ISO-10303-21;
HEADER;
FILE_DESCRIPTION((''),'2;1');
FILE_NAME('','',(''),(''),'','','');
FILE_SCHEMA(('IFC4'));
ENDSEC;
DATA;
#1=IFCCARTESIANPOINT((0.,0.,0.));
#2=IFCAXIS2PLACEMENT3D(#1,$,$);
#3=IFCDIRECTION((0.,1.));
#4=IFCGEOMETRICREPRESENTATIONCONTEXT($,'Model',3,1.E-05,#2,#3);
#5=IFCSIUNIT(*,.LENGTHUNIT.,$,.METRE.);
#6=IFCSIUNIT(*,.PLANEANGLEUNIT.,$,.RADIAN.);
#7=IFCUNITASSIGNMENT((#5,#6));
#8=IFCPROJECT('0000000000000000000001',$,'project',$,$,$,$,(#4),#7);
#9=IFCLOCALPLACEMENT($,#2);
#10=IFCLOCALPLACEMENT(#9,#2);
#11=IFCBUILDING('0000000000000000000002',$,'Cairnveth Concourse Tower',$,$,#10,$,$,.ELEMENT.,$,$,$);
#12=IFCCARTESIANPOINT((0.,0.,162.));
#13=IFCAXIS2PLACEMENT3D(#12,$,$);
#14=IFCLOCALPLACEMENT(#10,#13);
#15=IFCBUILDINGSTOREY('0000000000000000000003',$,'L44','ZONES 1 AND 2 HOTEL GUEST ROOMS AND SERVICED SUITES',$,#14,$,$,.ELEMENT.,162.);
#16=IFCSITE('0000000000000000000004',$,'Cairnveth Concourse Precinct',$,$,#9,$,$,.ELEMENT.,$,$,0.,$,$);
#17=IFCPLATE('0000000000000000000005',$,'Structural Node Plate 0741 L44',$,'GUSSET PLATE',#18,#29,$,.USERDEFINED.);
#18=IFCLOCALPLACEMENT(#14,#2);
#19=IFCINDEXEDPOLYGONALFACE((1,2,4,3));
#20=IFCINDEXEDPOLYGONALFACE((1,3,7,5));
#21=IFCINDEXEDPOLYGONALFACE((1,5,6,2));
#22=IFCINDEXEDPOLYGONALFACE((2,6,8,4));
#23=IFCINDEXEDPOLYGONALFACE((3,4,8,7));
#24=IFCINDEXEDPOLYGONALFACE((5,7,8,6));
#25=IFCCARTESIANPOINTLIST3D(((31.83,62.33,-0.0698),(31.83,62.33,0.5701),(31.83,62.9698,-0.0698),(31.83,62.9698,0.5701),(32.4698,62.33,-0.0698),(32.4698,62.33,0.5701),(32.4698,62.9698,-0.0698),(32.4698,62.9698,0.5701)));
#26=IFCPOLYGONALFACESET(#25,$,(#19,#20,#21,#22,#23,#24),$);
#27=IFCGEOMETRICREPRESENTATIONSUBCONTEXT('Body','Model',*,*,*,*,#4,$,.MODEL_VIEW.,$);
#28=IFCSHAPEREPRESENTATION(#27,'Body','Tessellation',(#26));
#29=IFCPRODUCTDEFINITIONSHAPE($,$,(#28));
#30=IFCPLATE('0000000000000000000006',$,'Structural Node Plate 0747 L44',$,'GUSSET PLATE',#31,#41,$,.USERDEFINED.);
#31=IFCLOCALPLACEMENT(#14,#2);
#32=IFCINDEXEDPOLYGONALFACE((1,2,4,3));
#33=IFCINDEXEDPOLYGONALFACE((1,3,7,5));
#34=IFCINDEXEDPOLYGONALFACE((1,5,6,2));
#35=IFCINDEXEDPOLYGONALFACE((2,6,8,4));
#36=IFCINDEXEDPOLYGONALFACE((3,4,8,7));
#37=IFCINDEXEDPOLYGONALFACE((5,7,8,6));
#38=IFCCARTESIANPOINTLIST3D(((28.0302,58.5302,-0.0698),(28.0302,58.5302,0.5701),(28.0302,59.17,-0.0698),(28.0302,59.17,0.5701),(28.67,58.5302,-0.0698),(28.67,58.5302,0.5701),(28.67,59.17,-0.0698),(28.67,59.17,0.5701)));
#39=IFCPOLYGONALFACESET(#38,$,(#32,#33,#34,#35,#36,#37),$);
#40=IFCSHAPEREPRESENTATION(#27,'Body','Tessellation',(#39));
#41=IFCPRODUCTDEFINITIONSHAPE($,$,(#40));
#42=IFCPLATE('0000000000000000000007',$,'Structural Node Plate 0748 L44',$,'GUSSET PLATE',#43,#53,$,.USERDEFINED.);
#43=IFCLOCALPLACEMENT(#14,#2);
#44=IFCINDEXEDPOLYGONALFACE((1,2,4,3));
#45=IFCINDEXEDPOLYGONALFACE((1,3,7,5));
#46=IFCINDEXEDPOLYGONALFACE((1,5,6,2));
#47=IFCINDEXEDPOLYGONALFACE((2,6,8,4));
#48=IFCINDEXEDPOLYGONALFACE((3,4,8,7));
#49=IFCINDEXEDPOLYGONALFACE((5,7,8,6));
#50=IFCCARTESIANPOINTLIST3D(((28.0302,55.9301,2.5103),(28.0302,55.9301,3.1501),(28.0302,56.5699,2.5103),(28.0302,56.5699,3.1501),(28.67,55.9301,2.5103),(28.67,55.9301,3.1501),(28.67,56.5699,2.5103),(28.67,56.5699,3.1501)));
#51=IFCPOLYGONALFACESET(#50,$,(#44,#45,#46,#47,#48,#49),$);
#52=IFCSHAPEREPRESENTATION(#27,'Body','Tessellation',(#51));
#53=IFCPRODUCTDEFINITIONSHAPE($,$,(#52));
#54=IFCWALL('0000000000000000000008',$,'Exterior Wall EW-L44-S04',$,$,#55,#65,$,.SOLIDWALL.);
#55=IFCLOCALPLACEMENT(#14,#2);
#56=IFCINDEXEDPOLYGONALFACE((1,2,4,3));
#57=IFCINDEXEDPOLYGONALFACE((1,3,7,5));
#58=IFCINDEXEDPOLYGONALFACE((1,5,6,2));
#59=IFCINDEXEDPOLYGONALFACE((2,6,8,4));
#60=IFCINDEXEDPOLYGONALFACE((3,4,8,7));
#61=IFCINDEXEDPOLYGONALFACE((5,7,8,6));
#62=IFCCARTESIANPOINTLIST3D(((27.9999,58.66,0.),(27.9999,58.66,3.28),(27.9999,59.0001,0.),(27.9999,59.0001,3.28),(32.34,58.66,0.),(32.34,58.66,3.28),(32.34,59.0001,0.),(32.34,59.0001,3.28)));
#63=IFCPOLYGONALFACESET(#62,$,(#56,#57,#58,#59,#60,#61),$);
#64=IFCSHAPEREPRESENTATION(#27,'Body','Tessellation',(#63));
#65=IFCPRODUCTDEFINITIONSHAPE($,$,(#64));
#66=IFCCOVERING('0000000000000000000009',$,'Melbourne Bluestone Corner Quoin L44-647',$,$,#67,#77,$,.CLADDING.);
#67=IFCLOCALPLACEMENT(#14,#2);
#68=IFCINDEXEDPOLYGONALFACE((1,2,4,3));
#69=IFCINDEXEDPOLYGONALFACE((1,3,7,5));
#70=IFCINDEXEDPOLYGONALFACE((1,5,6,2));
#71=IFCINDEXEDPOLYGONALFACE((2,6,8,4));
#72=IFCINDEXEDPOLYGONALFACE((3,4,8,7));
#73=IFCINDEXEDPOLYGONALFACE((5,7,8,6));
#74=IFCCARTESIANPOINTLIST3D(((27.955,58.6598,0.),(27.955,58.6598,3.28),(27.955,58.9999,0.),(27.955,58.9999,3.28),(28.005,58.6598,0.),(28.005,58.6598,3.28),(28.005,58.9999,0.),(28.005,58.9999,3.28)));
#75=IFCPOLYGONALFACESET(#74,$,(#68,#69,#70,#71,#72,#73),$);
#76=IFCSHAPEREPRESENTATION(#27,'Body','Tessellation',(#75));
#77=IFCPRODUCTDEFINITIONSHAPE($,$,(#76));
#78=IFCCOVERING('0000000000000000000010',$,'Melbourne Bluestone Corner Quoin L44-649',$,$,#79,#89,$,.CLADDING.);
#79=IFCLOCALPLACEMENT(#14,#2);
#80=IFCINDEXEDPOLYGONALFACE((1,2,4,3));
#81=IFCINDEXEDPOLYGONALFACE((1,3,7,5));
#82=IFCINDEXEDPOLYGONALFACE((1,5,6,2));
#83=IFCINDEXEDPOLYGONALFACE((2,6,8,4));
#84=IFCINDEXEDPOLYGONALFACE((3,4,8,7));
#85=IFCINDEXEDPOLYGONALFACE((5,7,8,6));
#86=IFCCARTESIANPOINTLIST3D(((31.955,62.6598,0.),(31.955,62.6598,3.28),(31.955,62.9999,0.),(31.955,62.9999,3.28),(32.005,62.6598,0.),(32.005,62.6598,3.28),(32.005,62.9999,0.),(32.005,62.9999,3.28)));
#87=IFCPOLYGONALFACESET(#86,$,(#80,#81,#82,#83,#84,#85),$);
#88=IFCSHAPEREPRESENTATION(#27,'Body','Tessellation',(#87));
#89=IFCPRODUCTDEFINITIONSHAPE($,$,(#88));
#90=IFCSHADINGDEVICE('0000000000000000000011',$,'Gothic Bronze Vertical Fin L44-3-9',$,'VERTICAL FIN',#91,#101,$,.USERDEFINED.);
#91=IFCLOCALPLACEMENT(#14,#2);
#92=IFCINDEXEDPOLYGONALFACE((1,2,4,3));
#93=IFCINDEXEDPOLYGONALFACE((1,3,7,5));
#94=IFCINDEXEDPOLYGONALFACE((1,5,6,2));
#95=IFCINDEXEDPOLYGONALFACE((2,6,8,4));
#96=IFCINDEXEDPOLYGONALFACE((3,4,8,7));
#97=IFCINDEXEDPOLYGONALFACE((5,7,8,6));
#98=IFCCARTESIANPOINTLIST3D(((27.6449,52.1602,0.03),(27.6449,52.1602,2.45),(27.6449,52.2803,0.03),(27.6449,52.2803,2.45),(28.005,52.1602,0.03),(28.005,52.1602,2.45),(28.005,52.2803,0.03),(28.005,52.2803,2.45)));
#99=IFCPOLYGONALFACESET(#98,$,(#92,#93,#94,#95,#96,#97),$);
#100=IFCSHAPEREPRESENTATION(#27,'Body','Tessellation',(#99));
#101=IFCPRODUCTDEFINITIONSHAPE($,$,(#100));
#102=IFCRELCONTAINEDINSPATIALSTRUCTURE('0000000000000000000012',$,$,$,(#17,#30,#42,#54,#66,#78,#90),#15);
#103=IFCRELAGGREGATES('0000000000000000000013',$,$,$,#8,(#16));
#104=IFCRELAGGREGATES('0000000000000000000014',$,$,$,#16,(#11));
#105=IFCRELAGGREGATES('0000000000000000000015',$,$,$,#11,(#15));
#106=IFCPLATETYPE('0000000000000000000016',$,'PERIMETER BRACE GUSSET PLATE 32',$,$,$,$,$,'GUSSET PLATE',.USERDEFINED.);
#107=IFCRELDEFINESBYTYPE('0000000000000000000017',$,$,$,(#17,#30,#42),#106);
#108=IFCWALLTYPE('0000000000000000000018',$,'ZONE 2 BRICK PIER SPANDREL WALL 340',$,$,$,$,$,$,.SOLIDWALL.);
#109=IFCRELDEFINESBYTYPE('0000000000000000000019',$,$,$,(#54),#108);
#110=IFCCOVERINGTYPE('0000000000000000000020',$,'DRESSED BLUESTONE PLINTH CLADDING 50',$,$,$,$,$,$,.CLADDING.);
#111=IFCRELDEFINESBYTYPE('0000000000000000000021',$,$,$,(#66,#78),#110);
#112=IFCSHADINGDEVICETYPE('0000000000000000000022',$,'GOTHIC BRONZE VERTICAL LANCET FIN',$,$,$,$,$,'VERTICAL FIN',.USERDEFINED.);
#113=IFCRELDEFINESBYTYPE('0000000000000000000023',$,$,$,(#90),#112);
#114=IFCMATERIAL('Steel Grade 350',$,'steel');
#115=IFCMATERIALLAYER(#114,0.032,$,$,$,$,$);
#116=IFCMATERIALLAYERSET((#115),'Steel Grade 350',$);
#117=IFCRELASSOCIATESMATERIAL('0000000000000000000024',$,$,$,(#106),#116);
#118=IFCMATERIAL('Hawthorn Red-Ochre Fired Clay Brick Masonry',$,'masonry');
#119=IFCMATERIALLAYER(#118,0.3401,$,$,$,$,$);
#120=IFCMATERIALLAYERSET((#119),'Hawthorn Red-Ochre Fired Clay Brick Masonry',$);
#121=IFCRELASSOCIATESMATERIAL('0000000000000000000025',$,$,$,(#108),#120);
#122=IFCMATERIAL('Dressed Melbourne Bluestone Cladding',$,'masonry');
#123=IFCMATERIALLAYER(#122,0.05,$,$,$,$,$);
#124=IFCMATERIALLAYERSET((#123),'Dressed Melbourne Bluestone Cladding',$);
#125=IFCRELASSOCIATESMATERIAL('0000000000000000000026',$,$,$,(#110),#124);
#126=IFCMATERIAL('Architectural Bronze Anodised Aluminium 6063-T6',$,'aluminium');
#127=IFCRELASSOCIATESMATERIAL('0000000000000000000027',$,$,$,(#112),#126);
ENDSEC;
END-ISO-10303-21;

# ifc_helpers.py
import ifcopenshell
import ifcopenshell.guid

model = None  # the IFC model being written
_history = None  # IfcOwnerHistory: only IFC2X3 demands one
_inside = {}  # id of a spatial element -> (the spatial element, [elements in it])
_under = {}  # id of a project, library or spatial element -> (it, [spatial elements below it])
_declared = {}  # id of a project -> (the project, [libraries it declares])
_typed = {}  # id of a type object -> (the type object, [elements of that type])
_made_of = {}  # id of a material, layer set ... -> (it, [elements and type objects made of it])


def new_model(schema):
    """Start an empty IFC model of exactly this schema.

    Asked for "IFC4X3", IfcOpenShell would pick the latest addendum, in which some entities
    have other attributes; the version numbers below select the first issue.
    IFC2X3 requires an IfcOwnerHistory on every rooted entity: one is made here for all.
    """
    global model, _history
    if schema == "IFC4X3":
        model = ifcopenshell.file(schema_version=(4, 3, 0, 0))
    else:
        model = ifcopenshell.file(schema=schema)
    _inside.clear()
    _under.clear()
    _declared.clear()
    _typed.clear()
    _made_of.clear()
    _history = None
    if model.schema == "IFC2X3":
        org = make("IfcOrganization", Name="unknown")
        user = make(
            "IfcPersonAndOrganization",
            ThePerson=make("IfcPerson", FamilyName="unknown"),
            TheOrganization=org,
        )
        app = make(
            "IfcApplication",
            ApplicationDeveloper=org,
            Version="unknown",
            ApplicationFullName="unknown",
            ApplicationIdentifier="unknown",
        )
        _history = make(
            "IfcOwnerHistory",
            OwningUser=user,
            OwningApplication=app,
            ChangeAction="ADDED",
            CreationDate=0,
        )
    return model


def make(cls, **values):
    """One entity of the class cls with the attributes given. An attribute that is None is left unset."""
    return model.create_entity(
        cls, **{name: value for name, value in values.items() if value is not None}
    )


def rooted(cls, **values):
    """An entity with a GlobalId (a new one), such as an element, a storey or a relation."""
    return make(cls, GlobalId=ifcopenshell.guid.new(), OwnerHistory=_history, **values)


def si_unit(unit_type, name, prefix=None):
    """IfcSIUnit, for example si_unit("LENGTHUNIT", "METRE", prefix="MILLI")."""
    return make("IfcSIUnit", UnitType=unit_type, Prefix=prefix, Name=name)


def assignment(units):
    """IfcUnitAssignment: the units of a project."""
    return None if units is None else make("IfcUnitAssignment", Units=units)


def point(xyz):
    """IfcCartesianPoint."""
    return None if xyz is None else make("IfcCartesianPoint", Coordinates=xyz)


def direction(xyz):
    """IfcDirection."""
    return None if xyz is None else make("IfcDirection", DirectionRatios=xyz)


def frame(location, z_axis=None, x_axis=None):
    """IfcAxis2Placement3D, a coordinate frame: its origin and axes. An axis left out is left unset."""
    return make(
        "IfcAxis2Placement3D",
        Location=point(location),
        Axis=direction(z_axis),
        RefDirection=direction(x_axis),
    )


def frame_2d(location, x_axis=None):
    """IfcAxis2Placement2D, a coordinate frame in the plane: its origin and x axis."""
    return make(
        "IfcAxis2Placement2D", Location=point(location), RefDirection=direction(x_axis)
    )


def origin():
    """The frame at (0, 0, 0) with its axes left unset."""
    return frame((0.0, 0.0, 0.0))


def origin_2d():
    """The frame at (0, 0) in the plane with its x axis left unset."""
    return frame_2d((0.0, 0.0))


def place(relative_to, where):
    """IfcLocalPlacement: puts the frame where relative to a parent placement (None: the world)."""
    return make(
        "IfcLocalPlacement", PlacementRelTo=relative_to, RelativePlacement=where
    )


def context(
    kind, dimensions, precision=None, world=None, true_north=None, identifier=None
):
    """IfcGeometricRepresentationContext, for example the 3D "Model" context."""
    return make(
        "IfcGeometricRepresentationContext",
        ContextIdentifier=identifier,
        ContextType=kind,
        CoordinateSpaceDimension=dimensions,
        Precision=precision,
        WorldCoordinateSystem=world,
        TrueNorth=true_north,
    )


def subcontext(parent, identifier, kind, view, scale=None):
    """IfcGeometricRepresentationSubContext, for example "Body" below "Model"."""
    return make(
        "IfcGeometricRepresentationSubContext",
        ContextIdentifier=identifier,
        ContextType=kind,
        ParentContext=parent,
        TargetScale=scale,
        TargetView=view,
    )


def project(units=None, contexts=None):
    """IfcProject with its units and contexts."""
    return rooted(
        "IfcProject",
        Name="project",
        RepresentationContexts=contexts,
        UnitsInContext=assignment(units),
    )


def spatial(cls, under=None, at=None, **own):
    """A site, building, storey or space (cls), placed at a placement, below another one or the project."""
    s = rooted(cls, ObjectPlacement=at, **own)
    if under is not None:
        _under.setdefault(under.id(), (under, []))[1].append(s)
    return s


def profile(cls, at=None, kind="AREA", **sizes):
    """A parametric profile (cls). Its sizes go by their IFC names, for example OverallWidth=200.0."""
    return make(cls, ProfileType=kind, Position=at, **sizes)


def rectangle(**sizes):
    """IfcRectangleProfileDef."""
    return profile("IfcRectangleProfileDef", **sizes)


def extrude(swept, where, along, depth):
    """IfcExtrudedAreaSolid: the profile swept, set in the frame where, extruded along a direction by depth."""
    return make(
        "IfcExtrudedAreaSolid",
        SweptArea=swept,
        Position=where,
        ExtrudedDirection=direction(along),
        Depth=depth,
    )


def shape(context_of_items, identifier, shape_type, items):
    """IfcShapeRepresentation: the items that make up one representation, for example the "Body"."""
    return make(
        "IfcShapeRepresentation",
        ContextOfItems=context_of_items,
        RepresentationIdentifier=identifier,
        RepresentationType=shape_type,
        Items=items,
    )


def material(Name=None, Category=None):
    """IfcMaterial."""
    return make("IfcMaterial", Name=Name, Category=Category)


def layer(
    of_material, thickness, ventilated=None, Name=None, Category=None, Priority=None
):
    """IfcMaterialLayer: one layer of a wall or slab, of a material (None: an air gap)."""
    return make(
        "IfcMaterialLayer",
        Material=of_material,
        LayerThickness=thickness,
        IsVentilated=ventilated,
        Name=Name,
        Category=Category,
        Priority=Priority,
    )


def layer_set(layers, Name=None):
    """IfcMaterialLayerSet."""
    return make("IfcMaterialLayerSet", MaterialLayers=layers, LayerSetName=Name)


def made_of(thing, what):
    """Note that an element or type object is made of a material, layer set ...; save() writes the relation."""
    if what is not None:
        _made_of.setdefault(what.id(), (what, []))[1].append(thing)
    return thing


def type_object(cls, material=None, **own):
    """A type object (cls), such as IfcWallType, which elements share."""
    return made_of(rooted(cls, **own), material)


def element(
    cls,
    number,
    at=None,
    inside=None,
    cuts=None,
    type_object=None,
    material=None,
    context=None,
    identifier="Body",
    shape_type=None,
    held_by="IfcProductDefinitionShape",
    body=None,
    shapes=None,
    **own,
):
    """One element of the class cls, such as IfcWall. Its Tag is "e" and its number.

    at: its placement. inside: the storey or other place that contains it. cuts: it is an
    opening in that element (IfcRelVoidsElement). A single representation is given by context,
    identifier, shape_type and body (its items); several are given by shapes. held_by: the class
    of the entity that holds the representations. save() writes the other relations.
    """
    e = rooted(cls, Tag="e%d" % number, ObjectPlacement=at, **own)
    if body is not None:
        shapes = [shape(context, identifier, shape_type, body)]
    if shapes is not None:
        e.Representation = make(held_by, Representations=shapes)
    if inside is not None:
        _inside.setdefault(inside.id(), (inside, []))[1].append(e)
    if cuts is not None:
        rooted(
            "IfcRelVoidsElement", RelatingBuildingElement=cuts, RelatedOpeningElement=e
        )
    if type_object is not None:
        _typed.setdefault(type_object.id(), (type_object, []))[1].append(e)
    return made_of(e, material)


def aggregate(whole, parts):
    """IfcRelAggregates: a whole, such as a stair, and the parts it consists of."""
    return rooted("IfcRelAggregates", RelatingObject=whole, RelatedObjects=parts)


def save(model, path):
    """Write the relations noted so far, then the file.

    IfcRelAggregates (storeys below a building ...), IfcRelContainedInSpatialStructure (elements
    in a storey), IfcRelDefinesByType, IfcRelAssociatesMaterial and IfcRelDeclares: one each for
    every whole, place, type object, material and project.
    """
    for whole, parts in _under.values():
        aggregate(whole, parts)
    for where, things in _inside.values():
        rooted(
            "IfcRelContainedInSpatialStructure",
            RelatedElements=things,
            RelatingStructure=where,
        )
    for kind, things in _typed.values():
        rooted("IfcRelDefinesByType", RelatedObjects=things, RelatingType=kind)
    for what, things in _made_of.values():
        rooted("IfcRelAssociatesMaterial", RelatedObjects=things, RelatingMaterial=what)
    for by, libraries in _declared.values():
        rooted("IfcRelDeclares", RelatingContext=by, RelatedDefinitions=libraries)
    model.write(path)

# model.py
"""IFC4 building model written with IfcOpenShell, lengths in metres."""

from ifc_helpers import new_model, si_unit, direction, frame, frame_2d, origin, origin_2d, place, context, subcontext, project, spatial, rectangle, extrude, material, layer, layer_set, type_object, element, save


model = new_model("IFC4")

# Units and contexts
model_context = context("Model", 3, precision=1e-05, world=origin(), true_north=direction((0.0, 1.0)))
body_context = subcontext(model_context, "Body", "Model", "MODEL_VIEW")
ifc_project = project(units=[si_unit("LENGTHUNIT", "METRE"), si_unit("PLANEANGLEUNIT", "RADIAN")], contexts=[model_context])

# Site, building, storey
site_placement = place(None, origin())
site = spatial("IfcSite", under=ifc_project, at=site_placement, Name="Cairnveth Concourse Precinct", CompositionType="ELEMENT", RefElevation=0.0)
building_placement = place(site_placement, origin())
building = spatial("IfcBuilding", under=site, at=building_placement, Name="Cairnveth Concourse Tower", CompositionType="ELEMENT")
storey_placement = place(building_placement, frame((0.0, 0.0, 162.0)))
storey = spatial("IfcBuildingStorey", under=building, at=storey_placement, Name="L44", Description="ZONES 1 AND 2 HOTEL GUEST ROOMS AND SERVICED SUITES", CompositionType="ELEMENT", Elevation=162.0)

# Shared definitions
ifc_material_1 = material(Name="Steel Grade 350", Category="steel")

# Plates
ifc_layer_1 = layer(ifc_material_1, 0.032)
ifc_layer_set_1 = layer_set([ifc_layer_1], Name="Steel Grade 350")
plate_type = type_object("IfcPlateType", Name="PERIMETER BRACE GUSSET PLATE 32", ElementType="GUSSET PLATE", PredefinedType="USERDEFINED", material=ifc_layer_set_1)
for number, where, z_axis, x_axis, name in (
    (1, (32.1499, 62.6499, -0.0698), (0.0, 0.0, 1.0), (1.0, 0.0, 0.0), "Structural Node Plate 0741 L44"),
    (2, (28.3501, 58.8501, -0.0698), (0.0, 0.0, 1.0), (1.0, 0.0, 0.0), "Structural Node Plate 0747 L44"),
    (3, (28.3501, 56.25, 2.5103), (0.0, 0.0, 1.0), (1.0, 0.0, 0.0), "Structural Node Plate 0748 L44"),
):
    element("IfcPlate", number, at=place(storey_placement, frame(where, z_axis=z_axis, x_axis=x_axis)), inside=storey, type_object=plate_type, Name=name, ObjectType="GUSSET PLATE", PredefinedType="USERDEFINED", context=body_context, shape_type="SweptSolid", body=[
        extrude(rectangle(XDim=0.6399, YDim=0.6399, at=origin_2d()), origin(), (0.0, 0.0, 1.0), 0.6399),
    ])

# Wall
ifc_material_2 = material(Name="Hawthorn Red-Ochre Fired Clay Brick Masonry", Category="masonry")
ifc_layer_2 = layer(ifc_material_2, 0.3401)
ifc_layer_set_2 = layer_set([ifc_layer_2], Name="Hawthorn Red-Ochre Fired Clay Brick Masonry")
wall_type = type_object("IfcWallType", Name="ZONE 2 BRICK PIER SPANDREL WALL 340", PredefinedType="SOLIDWALL", material=ifc_layer_set_2)
wall_1_placement = place(storey_placement, frame((28.0, 58.8301, 0.0), z_axis=(0.0, 0.0, 1.0), x_axis=(1.0, 0.0, 0.0)))
element("IfcWall", 4, at=wall_1_placement, inside=storey, type_object=wall_type, Name="Exterior Wall EW-L44-S04", PredefinedType="SOLIDWALL", context=body_context, shape_type="SweptSolid", body=[
    extrude(rectangle(XDim=4.3401, YDim=0.3401, at=frame_2d((2.1699, 0.0))), origin(), (0.0, 0.0, 1.0), 3.28),
])

# Coverings
ifc_material_3 = material(Name="Dressed Melbourne Bluestone Cladding", Category="masonry")
ifc_layer_3 = layer(ifc_material_3, 0.05)
ifc_layer_set_3 = layer_set([ifc_layer_3], Name="Dressed Melbourne Bluestone Cladding")
covering_type = type_object("IfcCoveringType", Name="DRESSED BLUESTONE PLINTH CLADDING 50", PredefinedType="CLADDING", material=ifc_layer_set_3)
for number, where, z_axis, x_axis, name in (
    (5, (27.98, 58.6599, 0.0), (0.0, 0.0, 1.0), (0.0, 1.0, 0.0), "Melbourne Bluestone Corner Quoin L44-647"),
    (6, (31.98, 62.6599, 0.0), (0.0, 0.0, 1.0), (0.0, 1.0, 0.0), "Melbourne Bluestone Corner Quoin L44-649"),
):
    element("IfcCovering", number, at=place(storey_placement, frame(where, z_axis=z_axis, x_axis=x_axis)), inside=storey, type_object=covering_type, Name=name, PredefinedType="CLADDING", context=body_context, shape_type="SweptSolid", body=[
        extrude(rectangle(XDim=0.3401, YDim=0.05, at=frame_2d((0.1699, 0.0))), origin(), (0.0, 0.0, 1.0), 3.28),
    ])

# Shading device
ifc_material_4 = material(Name="Architectural Bronze Anodised Aluminium 6063-T6", Category="aluminium")
shading_device_type = type_object("IfcShadingDeviceType", Name="GOTHIC BRONZE VERTICAL LANCET FIN", ElementType="VERTICAL FIN", PredefinedType="USERDEFINED", material=ifc_material_4)
shading_device_placement = place(storey_placement, frame((27.825, 52.2202, 0.03), z_axis=(0.0, 0.0, 1.0), x_axis=(0.0, 1.0, 0.0)))
element("IfcShadingDevice", 7, at=shading_device_placement, inside=storey, type_object=shading_device_type, Name="Gothic Bronze Vertical Fin L44-3-9", ObjectType="VERTICAL FIN", PredefinedType="USERDEFINED", context=body_context, shape_type="SweptSolid", body=[
    extrude(rectangle(XDim=0.1201, YDim=0.3601, at=origin_2d()), origin(), (0.0, 0.0, 1.0), 2.4199),
])

save(model, "model.ifc")
